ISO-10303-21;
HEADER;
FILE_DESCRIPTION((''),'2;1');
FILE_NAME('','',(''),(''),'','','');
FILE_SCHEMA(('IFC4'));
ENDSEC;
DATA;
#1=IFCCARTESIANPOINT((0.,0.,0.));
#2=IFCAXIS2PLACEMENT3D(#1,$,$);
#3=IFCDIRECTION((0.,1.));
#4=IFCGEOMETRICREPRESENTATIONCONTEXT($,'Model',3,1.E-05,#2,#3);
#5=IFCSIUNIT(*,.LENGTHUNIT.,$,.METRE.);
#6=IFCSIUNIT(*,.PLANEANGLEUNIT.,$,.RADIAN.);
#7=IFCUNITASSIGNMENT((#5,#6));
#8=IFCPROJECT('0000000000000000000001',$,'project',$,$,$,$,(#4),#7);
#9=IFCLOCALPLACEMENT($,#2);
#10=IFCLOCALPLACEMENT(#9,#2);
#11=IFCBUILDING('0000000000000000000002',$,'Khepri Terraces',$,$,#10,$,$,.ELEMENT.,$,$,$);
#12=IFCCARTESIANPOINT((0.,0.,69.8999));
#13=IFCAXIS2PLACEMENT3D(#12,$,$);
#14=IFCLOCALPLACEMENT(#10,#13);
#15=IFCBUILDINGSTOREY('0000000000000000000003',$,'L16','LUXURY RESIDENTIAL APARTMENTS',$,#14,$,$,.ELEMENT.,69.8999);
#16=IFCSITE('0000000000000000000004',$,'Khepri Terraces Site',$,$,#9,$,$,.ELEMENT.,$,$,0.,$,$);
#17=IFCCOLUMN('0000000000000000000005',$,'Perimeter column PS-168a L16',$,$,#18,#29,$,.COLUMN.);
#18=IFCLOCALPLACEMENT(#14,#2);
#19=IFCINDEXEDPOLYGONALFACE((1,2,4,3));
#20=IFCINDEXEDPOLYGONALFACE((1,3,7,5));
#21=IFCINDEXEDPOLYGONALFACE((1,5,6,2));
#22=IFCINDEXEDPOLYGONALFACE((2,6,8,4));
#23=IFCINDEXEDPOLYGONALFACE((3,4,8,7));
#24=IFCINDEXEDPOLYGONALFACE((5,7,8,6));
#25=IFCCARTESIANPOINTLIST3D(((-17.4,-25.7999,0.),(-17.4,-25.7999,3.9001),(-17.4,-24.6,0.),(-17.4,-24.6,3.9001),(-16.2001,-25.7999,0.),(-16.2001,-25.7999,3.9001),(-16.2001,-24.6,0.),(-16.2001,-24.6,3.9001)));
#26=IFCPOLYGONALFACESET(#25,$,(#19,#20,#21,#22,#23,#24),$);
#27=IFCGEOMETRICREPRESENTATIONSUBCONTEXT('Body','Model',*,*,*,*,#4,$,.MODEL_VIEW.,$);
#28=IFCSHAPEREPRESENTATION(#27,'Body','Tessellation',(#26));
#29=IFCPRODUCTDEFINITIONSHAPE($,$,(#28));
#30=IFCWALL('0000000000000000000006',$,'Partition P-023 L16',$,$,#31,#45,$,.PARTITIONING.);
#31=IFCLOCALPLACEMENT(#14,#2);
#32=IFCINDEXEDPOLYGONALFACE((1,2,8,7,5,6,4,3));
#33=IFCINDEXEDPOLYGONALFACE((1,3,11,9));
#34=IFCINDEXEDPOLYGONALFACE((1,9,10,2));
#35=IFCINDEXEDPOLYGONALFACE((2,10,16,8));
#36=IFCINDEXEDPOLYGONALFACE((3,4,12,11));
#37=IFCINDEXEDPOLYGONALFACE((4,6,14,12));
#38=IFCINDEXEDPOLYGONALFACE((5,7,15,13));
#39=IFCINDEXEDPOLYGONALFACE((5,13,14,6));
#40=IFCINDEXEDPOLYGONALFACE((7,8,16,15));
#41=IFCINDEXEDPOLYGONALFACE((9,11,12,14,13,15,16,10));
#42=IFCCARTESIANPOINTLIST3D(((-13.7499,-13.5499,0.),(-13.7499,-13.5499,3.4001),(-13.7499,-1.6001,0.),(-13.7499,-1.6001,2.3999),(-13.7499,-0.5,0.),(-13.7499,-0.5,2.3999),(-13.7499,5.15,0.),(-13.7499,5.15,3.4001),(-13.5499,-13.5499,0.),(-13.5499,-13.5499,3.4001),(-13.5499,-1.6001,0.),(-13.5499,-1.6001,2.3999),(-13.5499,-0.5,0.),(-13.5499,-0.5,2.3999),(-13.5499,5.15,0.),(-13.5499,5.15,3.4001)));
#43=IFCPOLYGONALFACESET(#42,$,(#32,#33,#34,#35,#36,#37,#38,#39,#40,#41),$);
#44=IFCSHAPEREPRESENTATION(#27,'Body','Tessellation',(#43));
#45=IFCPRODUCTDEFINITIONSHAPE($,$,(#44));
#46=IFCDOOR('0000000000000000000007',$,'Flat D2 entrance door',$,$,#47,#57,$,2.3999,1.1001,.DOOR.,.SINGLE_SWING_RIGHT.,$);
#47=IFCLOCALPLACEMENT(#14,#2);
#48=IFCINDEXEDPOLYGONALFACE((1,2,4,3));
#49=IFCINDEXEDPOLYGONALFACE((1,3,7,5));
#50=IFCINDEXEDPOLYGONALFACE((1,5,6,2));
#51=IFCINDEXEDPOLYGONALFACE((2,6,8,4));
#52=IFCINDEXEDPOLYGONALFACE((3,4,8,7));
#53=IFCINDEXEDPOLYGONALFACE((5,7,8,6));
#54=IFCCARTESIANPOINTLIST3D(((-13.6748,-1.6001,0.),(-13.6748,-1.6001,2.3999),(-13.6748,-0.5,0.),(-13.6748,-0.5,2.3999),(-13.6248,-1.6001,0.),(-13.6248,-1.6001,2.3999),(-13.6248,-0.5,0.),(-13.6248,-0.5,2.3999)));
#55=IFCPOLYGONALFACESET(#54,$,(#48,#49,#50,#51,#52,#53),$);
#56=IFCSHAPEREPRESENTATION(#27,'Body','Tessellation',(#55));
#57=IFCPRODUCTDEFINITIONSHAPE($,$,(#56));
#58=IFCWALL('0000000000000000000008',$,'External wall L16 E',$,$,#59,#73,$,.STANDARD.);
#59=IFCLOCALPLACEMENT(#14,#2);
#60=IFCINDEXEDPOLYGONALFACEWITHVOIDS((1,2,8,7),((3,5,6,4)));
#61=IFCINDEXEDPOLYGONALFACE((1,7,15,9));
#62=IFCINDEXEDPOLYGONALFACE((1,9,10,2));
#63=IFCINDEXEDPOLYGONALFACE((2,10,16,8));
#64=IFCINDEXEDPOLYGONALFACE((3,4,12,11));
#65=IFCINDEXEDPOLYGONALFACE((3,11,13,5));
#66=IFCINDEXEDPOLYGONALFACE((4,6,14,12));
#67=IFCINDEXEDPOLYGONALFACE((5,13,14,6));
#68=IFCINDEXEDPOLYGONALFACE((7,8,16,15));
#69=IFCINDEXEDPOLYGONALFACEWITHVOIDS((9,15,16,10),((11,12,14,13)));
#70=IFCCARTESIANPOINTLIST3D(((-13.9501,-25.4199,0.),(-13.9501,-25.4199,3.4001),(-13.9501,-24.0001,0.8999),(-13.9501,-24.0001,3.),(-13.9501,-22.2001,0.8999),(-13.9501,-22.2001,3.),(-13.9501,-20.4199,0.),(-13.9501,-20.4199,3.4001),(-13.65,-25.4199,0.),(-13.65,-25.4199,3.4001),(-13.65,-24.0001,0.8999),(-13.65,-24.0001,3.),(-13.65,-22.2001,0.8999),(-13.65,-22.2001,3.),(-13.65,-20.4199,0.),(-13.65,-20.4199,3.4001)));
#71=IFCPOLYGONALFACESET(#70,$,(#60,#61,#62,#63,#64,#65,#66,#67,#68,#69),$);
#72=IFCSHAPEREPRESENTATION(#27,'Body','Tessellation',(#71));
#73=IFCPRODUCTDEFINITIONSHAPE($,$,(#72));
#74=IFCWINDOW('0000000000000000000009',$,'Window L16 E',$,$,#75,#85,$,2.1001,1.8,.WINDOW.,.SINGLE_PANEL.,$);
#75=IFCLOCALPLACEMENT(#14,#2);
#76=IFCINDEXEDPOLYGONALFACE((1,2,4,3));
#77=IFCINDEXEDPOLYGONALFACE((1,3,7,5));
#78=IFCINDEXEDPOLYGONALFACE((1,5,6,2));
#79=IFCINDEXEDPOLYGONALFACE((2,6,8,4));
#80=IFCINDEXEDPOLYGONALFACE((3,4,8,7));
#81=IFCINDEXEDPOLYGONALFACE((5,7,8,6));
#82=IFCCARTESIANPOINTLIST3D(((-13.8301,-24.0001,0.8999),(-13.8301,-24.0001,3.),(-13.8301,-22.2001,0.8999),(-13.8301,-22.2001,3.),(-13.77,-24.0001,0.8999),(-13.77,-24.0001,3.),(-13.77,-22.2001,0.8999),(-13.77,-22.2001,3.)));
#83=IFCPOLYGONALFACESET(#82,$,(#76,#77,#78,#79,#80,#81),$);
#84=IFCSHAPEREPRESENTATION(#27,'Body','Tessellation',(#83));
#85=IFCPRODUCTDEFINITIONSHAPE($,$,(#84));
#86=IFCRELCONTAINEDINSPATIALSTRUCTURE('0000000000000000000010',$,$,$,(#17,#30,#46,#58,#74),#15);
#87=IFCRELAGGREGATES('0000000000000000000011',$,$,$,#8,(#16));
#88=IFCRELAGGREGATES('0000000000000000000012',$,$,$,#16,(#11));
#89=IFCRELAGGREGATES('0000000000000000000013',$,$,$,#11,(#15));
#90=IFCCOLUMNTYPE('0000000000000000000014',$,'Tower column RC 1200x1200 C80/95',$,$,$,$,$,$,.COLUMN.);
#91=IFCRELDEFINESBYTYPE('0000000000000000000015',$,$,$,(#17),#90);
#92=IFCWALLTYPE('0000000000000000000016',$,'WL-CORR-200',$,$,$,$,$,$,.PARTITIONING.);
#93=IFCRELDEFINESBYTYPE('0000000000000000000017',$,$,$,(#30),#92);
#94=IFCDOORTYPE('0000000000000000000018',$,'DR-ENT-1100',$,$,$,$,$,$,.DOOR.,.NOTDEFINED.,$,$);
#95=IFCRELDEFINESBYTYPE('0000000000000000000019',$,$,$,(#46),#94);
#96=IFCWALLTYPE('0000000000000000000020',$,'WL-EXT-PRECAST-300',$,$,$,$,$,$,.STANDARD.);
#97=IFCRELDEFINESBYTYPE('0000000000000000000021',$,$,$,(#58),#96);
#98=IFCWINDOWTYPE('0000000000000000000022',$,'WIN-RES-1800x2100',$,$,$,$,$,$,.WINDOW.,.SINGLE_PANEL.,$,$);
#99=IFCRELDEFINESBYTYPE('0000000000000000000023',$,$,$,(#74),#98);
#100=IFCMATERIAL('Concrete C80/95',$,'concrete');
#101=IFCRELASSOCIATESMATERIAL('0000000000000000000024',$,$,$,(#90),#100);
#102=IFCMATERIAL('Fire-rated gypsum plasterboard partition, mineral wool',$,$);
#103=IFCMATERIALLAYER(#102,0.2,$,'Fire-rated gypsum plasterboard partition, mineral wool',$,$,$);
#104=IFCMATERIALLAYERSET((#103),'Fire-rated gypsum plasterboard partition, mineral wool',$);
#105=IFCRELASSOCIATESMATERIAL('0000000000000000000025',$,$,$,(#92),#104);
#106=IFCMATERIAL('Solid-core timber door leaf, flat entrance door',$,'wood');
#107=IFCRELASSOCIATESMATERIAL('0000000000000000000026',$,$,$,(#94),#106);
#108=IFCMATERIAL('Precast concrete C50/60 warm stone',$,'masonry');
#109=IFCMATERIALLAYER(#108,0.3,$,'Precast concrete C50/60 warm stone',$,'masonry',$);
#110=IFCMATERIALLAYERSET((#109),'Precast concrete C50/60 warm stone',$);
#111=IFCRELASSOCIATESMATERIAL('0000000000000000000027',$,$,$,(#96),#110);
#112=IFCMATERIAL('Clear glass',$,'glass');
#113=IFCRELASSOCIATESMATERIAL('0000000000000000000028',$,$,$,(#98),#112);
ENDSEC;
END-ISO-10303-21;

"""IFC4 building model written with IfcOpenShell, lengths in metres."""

from ifc_helpers import new_model, si_unit, direction, frame, frame_2d, origin, origin_2d, place, context, subcontext, project, spatial, rectangle, extrude, material, layer, layer_set, material_profile, profile_set, type_object, element, fill, save


model = new_model("IFC4")

# Units and contexts
model_context = context("Model", 3, precision=1e-05, world=origin(), true_north=direction((0.0, 1.0)))
body_context = subcontext(model_context, "Body", "Model", "MODEL_VIEW")
ifc_project = project(units=[si_unit("LENGTHUNIT", "METRE"), si_unit("PLANEANGLEUNIT", "RADIAN")], contexts=[model_context])

# Site, building, storey
site_placement = place(None, origin())
site = spatial("IfcSite", under=ifc_project, at=site_placement, Name="Khepri Terraces Site", CompositionType="ELEMENT", RefElevation=0.0)
building_placement = place(site_placement, origin())
building = spatial("IfcBuilding", under=site, at=building_placement, Name="Khepri Terraces", CompositionType="ELEMENT")
storey_placement = place(building_placement, frame((0.0, 0.0, 69.8999)))
storey = spatial("IfcBuildingStorey", under=building, at=storey_placement, Name="L16", Description="LUXURY RESIDENTIAL APARTMENTS", CompositionType="ELEMENT", Elevation=69.8999)

# Column
ifc_material_1 = material(Name="Concrete C80/95", Category="concrete")
ifc_material_profile = material_profile(ifc_material_1, rectangle(XDim=1.2, YDim=1.2, at=origin_2d()), Name="Concrete C80/95", Category="concrete")
ifc_profile_set = profile_set([ifc_material_profile], Name="Concrete C80/95")
column_type = type_object("IfcColumnType", Name="Tower column RC 1200x1200 C80/95", PredefinedType="COLUMN", material=ifc_profile_set)
column_placement = place(storey_placement, frame((-16.8, -25.2, 0.0), z_axis=(0.0, 0.0, 1.0), x_axis=(1.0, 0.0, 0.0)))
element("IfcColumn", 1, at=column_placement, inside=storey, type_object=column_type, Name="Perimeter column PS-168a L16", PredefinedType="COLUMN", context=body_context, shape_type="SweptSolid", body=[
    extrude(rectangle(XDim=1.2, YDim=1.2, at=origin_2d()), origin(), (0.0, 0.0, 1.0), 3.9001),
])

# Wall, opening, door
ifc_material_2 = material(Name="Fire-rated gypsum plasterboard partition, mineral wool")
ifc_layer_1 = layer(ifc_material_2, 0.2, Name="Fire-rated gypsum plasterboard partition, mineral wool")
ifc_layer_set_1 = layer_set([ifc_layer_1], Name="Fire-rated gypsum plasterboard partition, mineral wool")
wall_type_1 = type_object("IfcWallType", Name="WL-CORR-200", PredefinedType="PARTITIONING", material=ifc_layer_set_1)
wall_1_placement = place(storey_placement, frame((-13.6499, -13.55, 0.0), z_axis=(0.0, 0.0, 1.0), x_axis=(0.0, 1.0, 0.0)))
wall_1 = element("IfcWall", 2, at=wall_1_placement, inside=storey, type_object=wall_type_1, Name="Partition P-023 L16", PredefinedType="PARTITIONING", context=body_context, shape_type="SweptSolid", body=[
    extrude(rectangle(XDim=18.7, YDim=0.2, at=frame_2d((9.3501, 0.0))), origin(), (0.0, 0.0, 1.0), 3.4001),
])
opening_1_placement = place(wall_1_placement, frame((11.95, 0.0, 0.0)))
opening_1 = element("IfcOpeningElement", 3, at=opening_1_placement, cuts=wall_1, PredefinedType="OPENING", context=body_context, shape_type="SweptSolid", body=[
    extrude(rectangle(XDim=1.1001, YDim=2.3999, at=frame_2d((0.55, 1.2))), frame((0.0, 0.1099, 0.0), z_axis=(0.0, -1.0, 0.0), x_axis=(1.0, 0.0, 0.0)), (0.0, 0.0, 1.0), 0.22),
])
ifc_material_3 = material(Name="Solid-core timber door leaf, flat entrance door", Category="wood")
door_type_1 = type_object("IfcDoorType", Name="DR-ENT-1100", OperationType="NOTDEFINED", PredefinedType="DOOR", material=ifc_material_3)
door_1_placement = place(opening_1_placement, origin())
door_1 = element("IfcDoor", 4, at=door_1_placement, inside=storey, type_object=door_type_1, Name="Flat D2 entrance door", OperationType="SINGLE_SWING_RIGHT", OverallHeight=2.3999, OverallWidth=1.1001, PredefinedType="DOOR", context=body_context, shape_type="SweptSolid", body=[
    extrude(rectangle(XDim=1.1001, YDim=2.3999, at=frame_2d((0.55, 1.2))), frame((0.0, 0.0249, 0.0), z_axis=(0.0, -1.0, 0.0), x_axis=(1.0, 0.0, 0.0)), (0.0, 0.0, 1.0), 0.05),
])
fill(opening_1, door_1)
ifc_material_4 = material(Name="Precast concrete C50/60 warm stone", Category="masonry")
ifc_layer_2 = layer(ifc_material_4, 0.3, Name="Precast concrete C50/60 warm stone", Category="masonry")
ifc_layer_set_2 = layer_set([ifc_layer_2], Name="Precast concrete C50/60 warm stone")
wall_type_2 = type_object("IfcWallType", Name="WL-EXT-PRECAST-300", PredefinedType="STANDARD", material=ifc_layer_set_2)

# Wall, opening, window
wall_2_placement = place(storey_placement, frame((-13.8, -25.4199, 0.0), z_axis=(0.0, 0.0, 1.0), x_axis=(0.0, 1.0, 0.0)))
wall_2 = element("IfcWall", 5, at=wall_2_placement, inside=storey, type_object=wall_type_2, Name="External wall L16 E", PredefinedType="STANDARD", context=body_context, shape_type="SweptSolid", body=[
    extrude(rectangle(XDim=5.0, YDim=0.3, at=frame_2d((2.5, 0.0))), origin(), (0.0, 0.0, 1.0), 3.4001),
])
opening_2_placement = place(wall_2_placement, frame((1.4199, 0.0, 0.8999)))
opening_2 = element("IfcOpeningElement", 6, at=opening_2_placement, cuts=wall_2, PredefinedType="OPENING", context=body_context, shape_type="SweptSolid", body=[
    extrude(rectangle(XDim=1.8, YDim=2.1001, at=frame_2d((0.8999, 1.05))), frame((0.0, 0.1602, 0.0), z_axis=(0.0, -1.0, 0.0), x_axis=(1.0, 0.0, 0.0)), (0.0, 0.0, 1.0), 0.3201),
])
ifc_material_5 = material(Name="Clear glass", Category="glass")
window_type_1 = type_object("IfcWindowType", Name="WIN-RES-1800x2100", PartitioningType="SINGLE_PANEL", PredefinedType="WINDOW", material=ifc_material_5)
window_1_placement = place(opening_2_placement, origin())
window_1 = element("IfcWindow", 7, at=window_1_placement, inside=storey, type_object=window_type_1, Name="Window L16 E", OverallHeight=2.1001, OverallWidth=1.8, PartitioningType="SINGLE_PANEL", PredefinedType="WINDOW", context=body_context, shape_type="SweptSolid", body=[
    extrude(rectangle(XDim=1.8, YDim=2.1001, at=frame_2d((0.8999, 1.05))), frame((0.0, 0.03, 0.0), z_axis=(0.0, -1.0, 0.0), x_axis=(1.0, 0.0, 0.0)), (0.0, 0.0, 1.0), 0.0601),
])
fill(opening_2, window_1)

save(model, "model.ifc")
